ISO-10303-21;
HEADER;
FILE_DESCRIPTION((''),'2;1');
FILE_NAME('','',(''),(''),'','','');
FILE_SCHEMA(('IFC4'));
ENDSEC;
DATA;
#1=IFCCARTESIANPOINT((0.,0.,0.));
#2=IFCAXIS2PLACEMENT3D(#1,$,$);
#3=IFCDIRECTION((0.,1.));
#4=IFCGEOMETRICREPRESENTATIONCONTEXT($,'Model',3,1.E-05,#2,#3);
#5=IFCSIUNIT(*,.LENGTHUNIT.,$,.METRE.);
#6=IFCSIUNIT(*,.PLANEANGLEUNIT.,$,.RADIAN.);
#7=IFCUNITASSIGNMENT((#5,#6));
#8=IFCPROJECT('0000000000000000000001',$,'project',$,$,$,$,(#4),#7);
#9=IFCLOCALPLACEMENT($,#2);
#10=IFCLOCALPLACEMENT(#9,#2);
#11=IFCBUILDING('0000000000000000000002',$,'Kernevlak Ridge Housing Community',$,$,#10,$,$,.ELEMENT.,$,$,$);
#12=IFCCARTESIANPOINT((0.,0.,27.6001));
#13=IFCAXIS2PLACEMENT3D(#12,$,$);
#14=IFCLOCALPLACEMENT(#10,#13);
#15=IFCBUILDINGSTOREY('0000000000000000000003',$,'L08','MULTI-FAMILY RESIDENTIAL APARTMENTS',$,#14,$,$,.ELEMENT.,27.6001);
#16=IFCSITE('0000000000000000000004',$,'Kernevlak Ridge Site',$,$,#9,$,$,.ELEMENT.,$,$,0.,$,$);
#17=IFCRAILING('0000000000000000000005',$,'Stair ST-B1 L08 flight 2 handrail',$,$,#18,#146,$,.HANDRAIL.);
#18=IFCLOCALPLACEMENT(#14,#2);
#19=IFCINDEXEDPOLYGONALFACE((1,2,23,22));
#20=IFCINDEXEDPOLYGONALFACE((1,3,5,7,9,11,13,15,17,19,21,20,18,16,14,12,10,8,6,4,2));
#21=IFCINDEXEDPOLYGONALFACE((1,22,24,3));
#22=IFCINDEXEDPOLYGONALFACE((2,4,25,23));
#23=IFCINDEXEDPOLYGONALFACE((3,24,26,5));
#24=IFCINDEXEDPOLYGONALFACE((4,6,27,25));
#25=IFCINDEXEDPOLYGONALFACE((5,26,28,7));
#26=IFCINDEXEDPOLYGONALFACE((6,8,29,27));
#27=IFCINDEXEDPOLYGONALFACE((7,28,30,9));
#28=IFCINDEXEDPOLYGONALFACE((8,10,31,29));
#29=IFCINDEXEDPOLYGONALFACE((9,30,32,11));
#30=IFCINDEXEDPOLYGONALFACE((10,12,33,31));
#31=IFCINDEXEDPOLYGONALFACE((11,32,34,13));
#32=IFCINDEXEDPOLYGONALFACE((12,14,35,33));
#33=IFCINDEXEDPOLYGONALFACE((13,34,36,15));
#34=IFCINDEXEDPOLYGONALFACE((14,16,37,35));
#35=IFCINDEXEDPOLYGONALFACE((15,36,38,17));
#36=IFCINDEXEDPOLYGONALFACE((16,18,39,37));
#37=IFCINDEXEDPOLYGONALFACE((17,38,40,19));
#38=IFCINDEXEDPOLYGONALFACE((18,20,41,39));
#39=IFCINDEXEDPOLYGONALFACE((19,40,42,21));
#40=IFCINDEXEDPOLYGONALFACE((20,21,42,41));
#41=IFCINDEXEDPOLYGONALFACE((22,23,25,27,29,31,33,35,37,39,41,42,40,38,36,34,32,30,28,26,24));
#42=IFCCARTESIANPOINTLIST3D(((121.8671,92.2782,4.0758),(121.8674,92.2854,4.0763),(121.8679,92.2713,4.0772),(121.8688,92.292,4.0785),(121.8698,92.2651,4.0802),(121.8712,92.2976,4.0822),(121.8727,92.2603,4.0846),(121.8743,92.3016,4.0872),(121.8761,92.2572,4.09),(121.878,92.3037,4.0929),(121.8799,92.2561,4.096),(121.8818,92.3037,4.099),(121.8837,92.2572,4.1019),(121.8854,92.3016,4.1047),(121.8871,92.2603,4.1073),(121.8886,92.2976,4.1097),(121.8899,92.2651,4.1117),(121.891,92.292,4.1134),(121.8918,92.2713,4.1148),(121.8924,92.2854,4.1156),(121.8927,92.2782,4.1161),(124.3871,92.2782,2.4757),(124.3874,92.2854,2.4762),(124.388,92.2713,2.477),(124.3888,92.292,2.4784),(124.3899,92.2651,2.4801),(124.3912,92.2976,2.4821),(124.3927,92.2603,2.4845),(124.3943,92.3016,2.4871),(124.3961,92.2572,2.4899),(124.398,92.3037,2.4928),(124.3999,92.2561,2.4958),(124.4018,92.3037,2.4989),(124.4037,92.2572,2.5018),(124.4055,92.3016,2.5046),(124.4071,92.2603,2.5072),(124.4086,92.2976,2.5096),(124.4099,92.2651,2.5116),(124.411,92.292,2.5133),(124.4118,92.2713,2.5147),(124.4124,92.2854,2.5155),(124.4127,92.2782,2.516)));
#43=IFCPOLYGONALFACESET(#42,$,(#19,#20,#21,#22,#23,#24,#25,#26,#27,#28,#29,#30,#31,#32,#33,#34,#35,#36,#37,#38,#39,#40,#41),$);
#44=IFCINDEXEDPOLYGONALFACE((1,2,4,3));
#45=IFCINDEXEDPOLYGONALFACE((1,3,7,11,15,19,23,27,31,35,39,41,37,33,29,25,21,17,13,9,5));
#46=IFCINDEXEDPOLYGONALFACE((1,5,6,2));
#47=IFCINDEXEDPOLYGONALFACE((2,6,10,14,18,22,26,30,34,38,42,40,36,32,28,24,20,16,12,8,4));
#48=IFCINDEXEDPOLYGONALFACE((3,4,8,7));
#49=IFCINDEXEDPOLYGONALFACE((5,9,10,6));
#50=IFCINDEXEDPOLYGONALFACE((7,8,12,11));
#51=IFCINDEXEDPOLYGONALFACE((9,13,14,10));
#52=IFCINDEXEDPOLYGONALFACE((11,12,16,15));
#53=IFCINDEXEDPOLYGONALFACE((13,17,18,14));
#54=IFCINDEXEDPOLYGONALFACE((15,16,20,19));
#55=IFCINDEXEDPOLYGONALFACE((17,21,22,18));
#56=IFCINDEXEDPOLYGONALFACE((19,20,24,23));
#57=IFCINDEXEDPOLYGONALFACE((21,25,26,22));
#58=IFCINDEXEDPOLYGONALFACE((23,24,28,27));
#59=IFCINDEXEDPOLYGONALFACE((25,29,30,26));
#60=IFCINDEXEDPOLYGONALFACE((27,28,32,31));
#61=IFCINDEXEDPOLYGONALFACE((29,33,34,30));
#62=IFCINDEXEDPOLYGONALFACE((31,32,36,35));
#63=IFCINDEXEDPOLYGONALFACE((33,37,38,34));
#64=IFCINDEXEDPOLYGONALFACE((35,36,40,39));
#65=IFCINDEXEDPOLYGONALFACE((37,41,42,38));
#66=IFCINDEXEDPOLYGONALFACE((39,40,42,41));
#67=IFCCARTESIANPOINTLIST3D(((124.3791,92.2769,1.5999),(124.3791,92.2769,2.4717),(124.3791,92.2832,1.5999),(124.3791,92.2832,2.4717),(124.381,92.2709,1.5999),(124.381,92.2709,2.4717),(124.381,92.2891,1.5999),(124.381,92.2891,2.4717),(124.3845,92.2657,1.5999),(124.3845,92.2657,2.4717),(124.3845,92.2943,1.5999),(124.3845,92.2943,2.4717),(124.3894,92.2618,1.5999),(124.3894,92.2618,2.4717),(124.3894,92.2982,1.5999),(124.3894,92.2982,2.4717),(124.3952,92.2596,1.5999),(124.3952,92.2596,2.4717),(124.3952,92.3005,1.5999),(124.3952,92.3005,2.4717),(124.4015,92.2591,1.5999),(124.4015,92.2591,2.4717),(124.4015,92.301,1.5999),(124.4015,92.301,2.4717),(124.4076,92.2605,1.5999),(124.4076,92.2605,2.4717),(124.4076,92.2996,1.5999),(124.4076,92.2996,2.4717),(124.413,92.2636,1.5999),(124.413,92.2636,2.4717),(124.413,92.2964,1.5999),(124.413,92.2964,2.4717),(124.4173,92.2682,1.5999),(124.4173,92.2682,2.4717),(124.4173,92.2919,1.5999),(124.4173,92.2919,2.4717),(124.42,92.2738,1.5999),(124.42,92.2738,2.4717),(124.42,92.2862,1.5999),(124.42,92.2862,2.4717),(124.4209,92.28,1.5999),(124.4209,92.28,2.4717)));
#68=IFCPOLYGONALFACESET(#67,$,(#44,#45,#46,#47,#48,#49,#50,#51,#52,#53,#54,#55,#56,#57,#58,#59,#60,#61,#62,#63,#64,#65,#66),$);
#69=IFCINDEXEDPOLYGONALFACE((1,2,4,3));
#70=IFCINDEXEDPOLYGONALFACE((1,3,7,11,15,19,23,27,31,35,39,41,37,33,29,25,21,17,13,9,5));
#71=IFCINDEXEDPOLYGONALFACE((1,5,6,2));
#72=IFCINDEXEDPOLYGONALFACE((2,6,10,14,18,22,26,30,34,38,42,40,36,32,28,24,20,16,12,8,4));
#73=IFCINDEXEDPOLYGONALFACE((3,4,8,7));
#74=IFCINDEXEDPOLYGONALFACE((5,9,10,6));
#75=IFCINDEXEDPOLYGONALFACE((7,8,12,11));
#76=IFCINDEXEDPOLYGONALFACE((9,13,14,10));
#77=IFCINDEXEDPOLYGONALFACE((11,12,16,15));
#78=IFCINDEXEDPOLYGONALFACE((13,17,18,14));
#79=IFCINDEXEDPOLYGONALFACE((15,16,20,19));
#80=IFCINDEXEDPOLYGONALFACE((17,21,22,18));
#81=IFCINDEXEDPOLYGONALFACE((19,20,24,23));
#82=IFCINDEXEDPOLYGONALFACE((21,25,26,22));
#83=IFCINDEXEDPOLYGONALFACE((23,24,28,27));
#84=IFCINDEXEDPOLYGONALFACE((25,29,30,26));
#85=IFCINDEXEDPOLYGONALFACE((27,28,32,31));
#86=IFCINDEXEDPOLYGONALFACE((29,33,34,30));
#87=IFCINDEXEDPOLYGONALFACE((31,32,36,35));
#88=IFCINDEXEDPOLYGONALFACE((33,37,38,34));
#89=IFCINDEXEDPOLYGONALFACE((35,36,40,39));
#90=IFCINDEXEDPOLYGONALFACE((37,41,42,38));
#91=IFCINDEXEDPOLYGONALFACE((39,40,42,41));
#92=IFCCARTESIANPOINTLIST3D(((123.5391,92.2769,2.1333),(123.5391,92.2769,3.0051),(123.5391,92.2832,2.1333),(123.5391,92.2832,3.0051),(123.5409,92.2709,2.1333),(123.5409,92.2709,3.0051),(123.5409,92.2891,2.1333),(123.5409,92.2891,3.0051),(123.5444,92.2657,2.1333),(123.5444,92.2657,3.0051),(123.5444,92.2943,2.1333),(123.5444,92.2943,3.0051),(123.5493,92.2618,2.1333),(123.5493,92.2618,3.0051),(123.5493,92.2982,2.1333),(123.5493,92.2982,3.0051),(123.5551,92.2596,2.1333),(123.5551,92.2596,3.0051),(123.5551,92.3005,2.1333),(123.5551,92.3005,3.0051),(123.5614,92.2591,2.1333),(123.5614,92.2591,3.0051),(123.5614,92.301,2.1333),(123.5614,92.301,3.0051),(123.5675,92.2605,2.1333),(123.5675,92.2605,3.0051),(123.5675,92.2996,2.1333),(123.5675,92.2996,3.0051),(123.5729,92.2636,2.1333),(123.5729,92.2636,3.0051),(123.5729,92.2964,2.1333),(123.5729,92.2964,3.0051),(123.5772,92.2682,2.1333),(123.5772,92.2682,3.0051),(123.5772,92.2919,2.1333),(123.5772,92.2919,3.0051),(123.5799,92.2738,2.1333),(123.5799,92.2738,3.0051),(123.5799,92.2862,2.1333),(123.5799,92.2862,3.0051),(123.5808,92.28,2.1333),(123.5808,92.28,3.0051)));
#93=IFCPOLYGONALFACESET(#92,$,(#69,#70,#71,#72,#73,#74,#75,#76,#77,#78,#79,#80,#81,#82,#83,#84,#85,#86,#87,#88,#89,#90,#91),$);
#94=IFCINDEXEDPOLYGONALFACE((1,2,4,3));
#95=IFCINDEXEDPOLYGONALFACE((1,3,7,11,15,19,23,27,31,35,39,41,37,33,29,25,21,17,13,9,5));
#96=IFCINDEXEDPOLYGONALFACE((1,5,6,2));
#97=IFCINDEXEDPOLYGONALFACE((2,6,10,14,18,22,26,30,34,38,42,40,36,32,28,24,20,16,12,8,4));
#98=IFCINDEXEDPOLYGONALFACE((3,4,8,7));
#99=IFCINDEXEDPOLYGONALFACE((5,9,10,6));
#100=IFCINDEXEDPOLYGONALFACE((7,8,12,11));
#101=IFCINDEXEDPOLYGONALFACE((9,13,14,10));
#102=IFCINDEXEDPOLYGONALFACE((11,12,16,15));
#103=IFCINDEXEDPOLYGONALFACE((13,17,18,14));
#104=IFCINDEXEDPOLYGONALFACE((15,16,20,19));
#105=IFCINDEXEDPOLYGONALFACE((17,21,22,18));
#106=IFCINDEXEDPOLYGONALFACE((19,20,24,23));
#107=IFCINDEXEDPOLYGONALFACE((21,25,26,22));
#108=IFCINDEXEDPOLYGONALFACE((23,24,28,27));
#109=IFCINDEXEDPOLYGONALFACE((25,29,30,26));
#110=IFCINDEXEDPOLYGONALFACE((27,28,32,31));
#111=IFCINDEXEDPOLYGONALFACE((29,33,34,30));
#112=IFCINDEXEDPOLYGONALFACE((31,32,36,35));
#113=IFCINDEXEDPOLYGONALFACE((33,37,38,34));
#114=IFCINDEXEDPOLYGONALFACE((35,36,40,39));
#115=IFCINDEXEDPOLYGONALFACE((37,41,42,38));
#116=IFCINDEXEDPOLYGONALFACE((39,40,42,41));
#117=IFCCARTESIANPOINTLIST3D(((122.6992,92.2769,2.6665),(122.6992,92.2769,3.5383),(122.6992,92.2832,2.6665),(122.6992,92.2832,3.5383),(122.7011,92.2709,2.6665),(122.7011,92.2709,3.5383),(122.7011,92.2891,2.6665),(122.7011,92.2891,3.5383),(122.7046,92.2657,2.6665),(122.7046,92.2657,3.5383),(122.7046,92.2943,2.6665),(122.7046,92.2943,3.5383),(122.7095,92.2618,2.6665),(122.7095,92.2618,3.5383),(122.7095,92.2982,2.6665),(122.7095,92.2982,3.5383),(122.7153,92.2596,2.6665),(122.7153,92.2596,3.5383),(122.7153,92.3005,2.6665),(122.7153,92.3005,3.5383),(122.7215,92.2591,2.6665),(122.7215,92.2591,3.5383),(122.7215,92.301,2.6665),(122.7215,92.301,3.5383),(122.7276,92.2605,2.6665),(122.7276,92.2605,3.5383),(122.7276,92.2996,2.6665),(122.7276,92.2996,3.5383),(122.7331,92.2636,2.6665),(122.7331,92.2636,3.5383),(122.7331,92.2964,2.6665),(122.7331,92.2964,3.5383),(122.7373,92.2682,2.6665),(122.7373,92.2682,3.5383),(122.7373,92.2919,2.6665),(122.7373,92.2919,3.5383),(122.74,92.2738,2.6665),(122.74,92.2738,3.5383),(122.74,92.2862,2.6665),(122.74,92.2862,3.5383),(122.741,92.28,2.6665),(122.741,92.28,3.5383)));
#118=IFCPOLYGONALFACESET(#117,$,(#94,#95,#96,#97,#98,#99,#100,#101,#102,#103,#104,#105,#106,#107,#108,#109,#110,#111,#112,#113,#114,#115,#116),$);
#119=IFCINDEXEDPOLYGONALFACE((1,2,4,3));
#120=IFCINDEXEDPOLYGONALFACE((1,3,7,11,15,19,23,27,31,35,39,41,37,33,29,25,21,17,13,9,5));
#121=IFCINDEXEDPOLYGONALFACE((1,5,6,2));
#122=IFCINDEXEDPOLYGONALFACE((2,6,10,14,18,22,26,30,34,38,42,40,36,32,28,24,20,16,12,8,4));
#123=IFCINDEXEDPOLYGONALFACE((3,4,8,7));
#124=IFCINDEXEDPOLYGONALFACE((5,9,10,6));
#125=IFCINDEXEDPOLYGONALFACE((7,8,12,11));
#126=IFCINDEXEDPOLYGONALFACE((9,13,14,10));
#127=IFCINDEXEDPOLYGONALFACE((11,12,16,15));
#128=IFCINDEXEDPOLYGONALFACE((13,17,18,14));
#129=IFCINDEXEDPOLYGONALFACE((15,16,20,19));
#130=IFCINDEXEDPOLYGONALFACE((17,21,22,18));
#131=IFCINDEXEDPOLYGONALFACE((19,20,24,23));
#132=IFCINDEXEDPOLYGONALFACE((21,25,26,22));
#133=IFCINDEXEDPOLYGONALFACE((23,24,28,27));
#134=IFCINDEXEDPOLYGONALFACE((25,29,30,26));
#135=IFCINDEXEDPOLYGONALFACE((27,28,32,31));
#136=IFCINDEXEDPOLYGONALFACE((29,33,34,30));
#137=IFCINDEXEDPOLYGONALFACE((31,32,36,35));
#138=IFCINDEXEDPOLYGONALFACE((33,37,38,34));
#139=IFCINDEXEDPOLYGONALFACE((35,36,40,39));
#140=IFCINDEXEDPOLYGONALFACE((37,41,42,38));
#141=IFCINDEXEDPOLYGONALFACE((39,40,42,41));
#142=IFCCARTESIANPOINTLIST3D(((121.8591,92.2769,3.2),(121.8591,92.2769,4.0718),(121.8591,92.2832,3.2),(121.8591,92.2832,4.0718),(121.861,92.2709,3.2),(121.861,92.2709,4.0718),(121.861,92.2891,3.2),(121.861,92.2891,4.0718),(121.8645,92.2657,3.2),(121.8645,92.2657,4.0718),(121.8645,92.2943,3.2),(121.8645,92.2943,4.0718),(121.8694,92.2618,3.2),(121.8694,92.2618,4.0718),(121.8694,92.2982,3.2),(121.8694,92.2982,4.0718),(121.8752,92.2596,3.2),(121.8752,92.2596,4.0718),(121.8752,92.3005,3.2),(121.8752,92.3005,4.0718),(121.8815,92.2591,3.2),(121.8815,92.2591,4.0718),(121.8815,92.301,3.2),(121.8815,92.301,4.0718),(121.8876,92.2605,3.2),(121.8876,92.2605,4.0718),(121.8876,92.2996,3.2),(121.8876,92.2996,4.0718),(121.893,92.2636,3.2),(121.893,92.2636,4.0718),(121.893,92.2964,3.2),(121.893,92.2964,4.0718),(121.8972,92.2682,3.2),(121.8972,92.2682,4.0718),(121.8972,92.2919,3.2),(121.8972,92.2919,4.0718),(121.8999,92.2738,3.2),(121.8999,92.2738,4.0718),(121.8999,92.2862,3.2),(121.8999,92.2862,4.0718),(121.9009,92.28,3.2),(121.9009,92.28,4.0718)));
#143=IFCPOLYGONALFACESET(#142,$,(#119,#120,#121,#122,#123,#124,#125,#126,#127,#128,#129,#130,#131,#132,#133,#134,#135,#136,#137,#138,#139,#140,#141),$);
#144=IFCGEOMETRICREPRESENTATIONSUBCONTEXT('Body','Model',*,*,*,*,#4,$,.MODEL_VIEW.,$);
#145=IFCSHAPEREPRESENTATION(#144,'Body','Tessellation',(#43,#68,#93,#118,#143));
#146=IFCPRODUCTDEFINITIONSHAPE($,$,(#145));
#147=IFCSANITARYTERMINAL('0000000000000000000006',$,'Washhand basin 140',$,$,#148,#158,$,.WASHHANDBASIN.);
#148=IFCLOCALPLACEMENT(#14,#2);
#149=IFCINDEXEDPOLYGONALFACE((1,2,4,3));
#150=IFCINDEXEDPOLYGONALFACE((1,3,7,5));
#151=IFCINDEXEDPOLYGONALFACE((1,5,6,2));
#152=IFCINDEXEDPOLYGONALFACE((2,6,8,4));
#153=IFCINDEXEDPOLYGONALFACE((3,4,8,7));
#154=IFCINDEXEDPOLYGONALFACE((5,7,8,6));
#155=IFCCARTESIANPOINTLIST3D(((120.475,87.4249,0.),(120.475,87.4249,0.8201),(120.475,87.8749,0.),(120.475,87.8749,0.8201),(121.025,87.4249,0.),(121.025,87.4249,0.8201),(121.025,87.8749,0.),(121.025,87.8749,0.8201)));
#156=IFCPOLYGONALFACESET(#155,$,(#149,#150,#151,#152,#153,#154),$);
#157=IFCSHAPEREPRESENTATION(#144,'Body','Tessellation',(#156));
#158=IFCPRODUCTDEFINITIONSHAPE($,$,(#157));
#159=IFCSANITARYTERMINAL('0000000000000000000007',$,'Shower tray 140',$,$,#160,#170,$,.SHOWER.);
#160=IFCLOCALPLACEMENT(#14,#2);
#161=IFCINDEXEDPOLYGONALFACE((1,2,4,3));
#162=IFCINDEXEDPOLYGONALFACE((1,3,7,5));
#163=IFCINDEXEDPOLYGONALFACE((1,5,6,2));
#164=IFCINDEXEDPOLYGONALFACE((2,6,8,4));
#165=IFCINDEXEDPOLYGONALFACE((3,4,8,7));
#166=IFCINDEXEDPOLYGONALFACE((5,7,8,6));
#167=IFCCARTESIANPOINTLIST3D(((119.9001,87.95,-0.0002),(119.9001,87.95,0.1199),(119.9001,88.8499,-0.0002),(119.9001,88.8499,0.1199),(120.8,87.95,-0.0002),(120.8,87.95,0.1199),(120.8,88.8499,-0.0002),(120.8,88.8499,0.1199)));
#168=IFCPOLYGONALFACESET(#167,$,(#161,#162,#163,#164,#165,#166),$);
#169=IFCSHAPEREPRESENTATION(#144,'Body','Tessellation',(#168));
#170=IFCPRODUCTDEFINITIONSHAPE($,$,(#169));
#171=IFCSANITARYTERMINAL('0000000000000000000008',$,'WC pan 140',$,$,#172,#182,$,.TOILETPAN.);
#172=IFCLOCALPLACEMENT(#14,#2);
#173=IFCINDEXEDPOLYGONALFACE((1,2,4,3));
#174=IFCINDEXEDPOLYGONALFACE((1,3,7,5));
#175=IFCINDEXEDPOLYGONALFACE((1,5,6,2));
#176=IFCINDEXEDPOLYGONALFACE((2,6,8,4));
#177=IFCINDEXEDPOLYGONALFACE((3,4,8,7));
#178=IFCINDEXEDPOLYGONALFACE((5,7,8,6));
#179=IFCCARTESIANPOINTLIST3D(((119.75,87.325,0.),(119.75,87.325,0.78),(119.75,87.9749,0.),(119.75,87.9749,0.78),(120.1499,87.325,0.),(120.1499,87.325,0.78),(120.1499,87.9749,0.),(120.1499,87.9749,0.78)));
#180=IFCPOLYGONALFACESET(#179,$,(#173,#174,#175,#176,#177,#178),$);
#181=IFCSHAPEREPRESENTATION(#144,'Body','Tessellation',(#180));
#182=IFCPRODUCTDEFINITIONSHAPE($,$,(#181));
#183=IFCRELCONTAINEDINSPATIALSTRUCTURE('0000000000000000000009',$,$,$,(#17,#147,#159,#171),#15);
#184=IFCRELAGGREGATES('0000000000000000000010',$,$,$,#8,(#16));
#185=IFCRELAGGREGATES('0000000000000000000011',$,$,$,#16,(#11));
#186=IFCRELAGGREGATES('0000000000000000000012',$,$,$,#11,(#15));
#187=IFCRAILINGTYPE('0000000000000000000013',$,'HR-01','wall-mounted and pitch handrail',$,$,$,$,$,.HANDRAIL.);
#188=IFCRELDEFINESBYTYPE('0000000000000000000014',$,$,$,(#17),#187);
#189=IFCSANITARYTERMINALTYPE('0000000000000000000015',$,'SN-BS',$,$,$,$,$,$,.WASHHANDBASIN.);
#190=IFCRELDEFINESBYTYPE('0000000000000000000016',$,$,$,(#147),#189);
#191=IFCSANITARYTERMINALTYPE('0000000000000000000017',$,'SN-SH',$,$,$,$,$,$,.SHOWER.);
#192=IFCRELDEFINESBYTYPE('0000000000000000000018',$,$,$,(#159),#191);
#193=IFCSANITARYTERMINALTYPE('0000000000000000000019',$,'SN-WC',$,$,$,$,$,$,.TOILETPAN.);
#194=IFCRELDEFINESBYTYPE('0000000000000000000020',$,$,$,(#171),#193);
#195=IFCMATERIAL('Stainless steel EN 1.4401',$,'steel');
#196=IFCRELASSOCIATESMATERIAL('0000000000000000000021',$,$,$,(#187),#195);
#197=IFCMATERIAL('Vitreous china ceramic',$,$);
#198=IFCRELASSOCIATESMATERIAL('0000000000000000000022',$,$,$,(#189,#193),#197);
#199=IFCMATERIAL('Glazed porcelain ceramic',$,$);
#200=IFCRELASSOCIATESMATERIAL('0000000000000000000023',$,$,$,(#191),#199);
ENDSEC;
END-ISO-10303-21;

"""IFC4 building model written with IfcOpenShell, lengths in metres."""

from ifc_helpers import new_model, si_unit, direction, frame, origin, origin_2d, place, context, subcontext, project, spatial, rectangle, circle, extrude, material, type_object, element, save


model = new_model("IFC4")

# Units and contexts
model_context = context("Model", 3, precision=1e-05, world=origin(), true_north=direction((0.0, 1.0)))
body_context = subcontext(model_context, "Body", "Model", "MODEL_VIEW")
ifc_project = project(units=[si_unit("LENGTHUNIT", "METRE"), si_unit("PLANEANGLEUNIT", "RADIAN")], contexts=[model_context])

# Site, building, storey
site_placement = place(None, origin())
site = spatial("IfcSite", under=ifc_project, at=site_placement, Name="Kernevlak Ridge Site", CompositionType="ELEMENT", RefElevation=0.0)
building_placement = place(site_placement, origin())
building = spatial("IfcBuilding", under=site, at=building_placement, Name="Kernevlak Ridge Housing Community", CompositionType="ELEMENT")
storey_placement = place(building_placement, frame((0.0, 0.0, 27.6001)))
storey = spatial("IfcBuildingStorey", under=building, at=storey_placement, Name="L08", Description="MULTI-FAMILY RESIDENTIAL APARTMENTS", CompositionType="ELEMENT", Elevation=27.6001)

# Railing
ifc_material_1 = material(Name="Stainless steel EN 1.4401", Category="steel")
railing_type_1 = type_object("IfcRailingType", Name="HR-01", Description="wall-mounted and pitch handrail", PredefinedType="HANDRAIL", material=ifc_material_1)
railing_1_placement = place(storey_placement, frame((124.3999, 92.28, 1.5999)))
element("IfcRailing", 1, at=railing_1_placement, inside=storey, type_object=railing_type_1, Name="Stair ST-B1 L08 flight 2 handrail", PredefinedType="HANDRAIL", context=body_context, shape_type="SweptSolid", body=[
    extrude(circle(Radius=0.0239, at=origin_2d()), frame((0.0, 0.0, 0.896), z_axis=(-0.8442, 0.0, 0.536028), x_axis=(0.0, -1.0, 0.0)), (0.0, 0.0, 1.0), 2.9851),
    extrude(circle(Radius=0.021, at=origin_2d()), origin(), (0.0, 0.0, 1.0), 0.8718),
    extrude(circle(Radius=0.021, at=origin_2d()), frame((-0.8401, 0.0, 0.5334)), (0.0, 0.0, 1.0), 0.8718),
    extrude(circle(Radius=0.021, at=origin_2d()), frame((-1.6799, 0.0, 1.0667)), (0.0, 0.0, 1.0), 0.8718),
    extrude(circle(Radius=0.021, at=origin_2d()), frame((-2.52, 0.0, 1.6001)), (0.0, 0.0, 1.0), 0.8718),
])

# Sanitary terminals
ifc_material_2 = material(Name="Vitreous china ceramic")
sanitary_terminal_type_1 = type_object("IfcSanitaryTerminalType", Name="SN-BS", PredefinedType="WASHHANDBASIN", material=ifc_material_2)
sanitary_terminal_1_placement = place(storey_placement, frame((120.75, 87.6499, 0.0), z_axis=(0.0, 0.0, 1.0), x_axis=(1.0, 0.0, 0.0)))
element("IfcSanitaryTerminal", 2, at=sanitary_terminal_1_placement, inside=storey, type_object=sanitary_terminal_type_1, Name="Washhand basin 140", PredefinedType="WASHHANDBASIN", context=body_context, shape_type="SweptSolid", body=[
    extrude(rectangle(XDim=0.55, YDim=0.45, at=origin_2d()), origin(), (0.0, 0.0, 1.0), 0.8201),
])
ifc_material_3 = material(Name="Glazed porcelain ceramic")
sanitary_terminal_type_2 = type_object("IfcSanitaryTerminalType", Name="SN-SH", PredefinedType="SHOWER", material=ifc_material_3)
sanitary_terminal_2_placement = place(storey_placement, frame((120.3501, 88.3999, -0.0002), z_axis=(0.0, 0.0, 1.0), x_axis=(1.0, 0.0, 0.0)))
element("IfcSanitaryTerminal", 3, at=sanitary_terminal_2_placement, inside=storey, type_object=sanitary_terminal_type_2, Name="Shower tray 140", PredefinedType="SHOWER", context=body_context, shape_type="SweptSolid", body=[
    extrude(rectangle(XDim=0.8999, YDim=0.8999, at=origin_2d()), origin(), (0.0, 0.0, 1.0), 0.1201),
])
sanitary_terminal_type_3 = type_object("IfcSanitaryTerminalType", Name="SN-WC", PredefinedType="TOILETPAN", material=ifc_material_2)
sanitary_terminal_3_placement = place(storey_placement, frame((119.95, 87.6499, 0.0), z_axis=(0.0, 0.0, 1.0), x_axis=(1.0, 0.0, 0.0)))
element("IfcSanitaryTerminal", 4, at=sanitary_terminal_3_placement, inside=storey, type_object=sanitary_terminal_type_3, Name="WC pan 140", PredefinedType="TOILETPAN", context=body_context, shape_type="SweptSolid", body=[
    extrude(rectangle(XDim=0.3999, YDim=0.6499, at=origin_2d()), origin(), (0.0, 0.0, 1.0), 0.78),
])

save(model, "model.ifc")
